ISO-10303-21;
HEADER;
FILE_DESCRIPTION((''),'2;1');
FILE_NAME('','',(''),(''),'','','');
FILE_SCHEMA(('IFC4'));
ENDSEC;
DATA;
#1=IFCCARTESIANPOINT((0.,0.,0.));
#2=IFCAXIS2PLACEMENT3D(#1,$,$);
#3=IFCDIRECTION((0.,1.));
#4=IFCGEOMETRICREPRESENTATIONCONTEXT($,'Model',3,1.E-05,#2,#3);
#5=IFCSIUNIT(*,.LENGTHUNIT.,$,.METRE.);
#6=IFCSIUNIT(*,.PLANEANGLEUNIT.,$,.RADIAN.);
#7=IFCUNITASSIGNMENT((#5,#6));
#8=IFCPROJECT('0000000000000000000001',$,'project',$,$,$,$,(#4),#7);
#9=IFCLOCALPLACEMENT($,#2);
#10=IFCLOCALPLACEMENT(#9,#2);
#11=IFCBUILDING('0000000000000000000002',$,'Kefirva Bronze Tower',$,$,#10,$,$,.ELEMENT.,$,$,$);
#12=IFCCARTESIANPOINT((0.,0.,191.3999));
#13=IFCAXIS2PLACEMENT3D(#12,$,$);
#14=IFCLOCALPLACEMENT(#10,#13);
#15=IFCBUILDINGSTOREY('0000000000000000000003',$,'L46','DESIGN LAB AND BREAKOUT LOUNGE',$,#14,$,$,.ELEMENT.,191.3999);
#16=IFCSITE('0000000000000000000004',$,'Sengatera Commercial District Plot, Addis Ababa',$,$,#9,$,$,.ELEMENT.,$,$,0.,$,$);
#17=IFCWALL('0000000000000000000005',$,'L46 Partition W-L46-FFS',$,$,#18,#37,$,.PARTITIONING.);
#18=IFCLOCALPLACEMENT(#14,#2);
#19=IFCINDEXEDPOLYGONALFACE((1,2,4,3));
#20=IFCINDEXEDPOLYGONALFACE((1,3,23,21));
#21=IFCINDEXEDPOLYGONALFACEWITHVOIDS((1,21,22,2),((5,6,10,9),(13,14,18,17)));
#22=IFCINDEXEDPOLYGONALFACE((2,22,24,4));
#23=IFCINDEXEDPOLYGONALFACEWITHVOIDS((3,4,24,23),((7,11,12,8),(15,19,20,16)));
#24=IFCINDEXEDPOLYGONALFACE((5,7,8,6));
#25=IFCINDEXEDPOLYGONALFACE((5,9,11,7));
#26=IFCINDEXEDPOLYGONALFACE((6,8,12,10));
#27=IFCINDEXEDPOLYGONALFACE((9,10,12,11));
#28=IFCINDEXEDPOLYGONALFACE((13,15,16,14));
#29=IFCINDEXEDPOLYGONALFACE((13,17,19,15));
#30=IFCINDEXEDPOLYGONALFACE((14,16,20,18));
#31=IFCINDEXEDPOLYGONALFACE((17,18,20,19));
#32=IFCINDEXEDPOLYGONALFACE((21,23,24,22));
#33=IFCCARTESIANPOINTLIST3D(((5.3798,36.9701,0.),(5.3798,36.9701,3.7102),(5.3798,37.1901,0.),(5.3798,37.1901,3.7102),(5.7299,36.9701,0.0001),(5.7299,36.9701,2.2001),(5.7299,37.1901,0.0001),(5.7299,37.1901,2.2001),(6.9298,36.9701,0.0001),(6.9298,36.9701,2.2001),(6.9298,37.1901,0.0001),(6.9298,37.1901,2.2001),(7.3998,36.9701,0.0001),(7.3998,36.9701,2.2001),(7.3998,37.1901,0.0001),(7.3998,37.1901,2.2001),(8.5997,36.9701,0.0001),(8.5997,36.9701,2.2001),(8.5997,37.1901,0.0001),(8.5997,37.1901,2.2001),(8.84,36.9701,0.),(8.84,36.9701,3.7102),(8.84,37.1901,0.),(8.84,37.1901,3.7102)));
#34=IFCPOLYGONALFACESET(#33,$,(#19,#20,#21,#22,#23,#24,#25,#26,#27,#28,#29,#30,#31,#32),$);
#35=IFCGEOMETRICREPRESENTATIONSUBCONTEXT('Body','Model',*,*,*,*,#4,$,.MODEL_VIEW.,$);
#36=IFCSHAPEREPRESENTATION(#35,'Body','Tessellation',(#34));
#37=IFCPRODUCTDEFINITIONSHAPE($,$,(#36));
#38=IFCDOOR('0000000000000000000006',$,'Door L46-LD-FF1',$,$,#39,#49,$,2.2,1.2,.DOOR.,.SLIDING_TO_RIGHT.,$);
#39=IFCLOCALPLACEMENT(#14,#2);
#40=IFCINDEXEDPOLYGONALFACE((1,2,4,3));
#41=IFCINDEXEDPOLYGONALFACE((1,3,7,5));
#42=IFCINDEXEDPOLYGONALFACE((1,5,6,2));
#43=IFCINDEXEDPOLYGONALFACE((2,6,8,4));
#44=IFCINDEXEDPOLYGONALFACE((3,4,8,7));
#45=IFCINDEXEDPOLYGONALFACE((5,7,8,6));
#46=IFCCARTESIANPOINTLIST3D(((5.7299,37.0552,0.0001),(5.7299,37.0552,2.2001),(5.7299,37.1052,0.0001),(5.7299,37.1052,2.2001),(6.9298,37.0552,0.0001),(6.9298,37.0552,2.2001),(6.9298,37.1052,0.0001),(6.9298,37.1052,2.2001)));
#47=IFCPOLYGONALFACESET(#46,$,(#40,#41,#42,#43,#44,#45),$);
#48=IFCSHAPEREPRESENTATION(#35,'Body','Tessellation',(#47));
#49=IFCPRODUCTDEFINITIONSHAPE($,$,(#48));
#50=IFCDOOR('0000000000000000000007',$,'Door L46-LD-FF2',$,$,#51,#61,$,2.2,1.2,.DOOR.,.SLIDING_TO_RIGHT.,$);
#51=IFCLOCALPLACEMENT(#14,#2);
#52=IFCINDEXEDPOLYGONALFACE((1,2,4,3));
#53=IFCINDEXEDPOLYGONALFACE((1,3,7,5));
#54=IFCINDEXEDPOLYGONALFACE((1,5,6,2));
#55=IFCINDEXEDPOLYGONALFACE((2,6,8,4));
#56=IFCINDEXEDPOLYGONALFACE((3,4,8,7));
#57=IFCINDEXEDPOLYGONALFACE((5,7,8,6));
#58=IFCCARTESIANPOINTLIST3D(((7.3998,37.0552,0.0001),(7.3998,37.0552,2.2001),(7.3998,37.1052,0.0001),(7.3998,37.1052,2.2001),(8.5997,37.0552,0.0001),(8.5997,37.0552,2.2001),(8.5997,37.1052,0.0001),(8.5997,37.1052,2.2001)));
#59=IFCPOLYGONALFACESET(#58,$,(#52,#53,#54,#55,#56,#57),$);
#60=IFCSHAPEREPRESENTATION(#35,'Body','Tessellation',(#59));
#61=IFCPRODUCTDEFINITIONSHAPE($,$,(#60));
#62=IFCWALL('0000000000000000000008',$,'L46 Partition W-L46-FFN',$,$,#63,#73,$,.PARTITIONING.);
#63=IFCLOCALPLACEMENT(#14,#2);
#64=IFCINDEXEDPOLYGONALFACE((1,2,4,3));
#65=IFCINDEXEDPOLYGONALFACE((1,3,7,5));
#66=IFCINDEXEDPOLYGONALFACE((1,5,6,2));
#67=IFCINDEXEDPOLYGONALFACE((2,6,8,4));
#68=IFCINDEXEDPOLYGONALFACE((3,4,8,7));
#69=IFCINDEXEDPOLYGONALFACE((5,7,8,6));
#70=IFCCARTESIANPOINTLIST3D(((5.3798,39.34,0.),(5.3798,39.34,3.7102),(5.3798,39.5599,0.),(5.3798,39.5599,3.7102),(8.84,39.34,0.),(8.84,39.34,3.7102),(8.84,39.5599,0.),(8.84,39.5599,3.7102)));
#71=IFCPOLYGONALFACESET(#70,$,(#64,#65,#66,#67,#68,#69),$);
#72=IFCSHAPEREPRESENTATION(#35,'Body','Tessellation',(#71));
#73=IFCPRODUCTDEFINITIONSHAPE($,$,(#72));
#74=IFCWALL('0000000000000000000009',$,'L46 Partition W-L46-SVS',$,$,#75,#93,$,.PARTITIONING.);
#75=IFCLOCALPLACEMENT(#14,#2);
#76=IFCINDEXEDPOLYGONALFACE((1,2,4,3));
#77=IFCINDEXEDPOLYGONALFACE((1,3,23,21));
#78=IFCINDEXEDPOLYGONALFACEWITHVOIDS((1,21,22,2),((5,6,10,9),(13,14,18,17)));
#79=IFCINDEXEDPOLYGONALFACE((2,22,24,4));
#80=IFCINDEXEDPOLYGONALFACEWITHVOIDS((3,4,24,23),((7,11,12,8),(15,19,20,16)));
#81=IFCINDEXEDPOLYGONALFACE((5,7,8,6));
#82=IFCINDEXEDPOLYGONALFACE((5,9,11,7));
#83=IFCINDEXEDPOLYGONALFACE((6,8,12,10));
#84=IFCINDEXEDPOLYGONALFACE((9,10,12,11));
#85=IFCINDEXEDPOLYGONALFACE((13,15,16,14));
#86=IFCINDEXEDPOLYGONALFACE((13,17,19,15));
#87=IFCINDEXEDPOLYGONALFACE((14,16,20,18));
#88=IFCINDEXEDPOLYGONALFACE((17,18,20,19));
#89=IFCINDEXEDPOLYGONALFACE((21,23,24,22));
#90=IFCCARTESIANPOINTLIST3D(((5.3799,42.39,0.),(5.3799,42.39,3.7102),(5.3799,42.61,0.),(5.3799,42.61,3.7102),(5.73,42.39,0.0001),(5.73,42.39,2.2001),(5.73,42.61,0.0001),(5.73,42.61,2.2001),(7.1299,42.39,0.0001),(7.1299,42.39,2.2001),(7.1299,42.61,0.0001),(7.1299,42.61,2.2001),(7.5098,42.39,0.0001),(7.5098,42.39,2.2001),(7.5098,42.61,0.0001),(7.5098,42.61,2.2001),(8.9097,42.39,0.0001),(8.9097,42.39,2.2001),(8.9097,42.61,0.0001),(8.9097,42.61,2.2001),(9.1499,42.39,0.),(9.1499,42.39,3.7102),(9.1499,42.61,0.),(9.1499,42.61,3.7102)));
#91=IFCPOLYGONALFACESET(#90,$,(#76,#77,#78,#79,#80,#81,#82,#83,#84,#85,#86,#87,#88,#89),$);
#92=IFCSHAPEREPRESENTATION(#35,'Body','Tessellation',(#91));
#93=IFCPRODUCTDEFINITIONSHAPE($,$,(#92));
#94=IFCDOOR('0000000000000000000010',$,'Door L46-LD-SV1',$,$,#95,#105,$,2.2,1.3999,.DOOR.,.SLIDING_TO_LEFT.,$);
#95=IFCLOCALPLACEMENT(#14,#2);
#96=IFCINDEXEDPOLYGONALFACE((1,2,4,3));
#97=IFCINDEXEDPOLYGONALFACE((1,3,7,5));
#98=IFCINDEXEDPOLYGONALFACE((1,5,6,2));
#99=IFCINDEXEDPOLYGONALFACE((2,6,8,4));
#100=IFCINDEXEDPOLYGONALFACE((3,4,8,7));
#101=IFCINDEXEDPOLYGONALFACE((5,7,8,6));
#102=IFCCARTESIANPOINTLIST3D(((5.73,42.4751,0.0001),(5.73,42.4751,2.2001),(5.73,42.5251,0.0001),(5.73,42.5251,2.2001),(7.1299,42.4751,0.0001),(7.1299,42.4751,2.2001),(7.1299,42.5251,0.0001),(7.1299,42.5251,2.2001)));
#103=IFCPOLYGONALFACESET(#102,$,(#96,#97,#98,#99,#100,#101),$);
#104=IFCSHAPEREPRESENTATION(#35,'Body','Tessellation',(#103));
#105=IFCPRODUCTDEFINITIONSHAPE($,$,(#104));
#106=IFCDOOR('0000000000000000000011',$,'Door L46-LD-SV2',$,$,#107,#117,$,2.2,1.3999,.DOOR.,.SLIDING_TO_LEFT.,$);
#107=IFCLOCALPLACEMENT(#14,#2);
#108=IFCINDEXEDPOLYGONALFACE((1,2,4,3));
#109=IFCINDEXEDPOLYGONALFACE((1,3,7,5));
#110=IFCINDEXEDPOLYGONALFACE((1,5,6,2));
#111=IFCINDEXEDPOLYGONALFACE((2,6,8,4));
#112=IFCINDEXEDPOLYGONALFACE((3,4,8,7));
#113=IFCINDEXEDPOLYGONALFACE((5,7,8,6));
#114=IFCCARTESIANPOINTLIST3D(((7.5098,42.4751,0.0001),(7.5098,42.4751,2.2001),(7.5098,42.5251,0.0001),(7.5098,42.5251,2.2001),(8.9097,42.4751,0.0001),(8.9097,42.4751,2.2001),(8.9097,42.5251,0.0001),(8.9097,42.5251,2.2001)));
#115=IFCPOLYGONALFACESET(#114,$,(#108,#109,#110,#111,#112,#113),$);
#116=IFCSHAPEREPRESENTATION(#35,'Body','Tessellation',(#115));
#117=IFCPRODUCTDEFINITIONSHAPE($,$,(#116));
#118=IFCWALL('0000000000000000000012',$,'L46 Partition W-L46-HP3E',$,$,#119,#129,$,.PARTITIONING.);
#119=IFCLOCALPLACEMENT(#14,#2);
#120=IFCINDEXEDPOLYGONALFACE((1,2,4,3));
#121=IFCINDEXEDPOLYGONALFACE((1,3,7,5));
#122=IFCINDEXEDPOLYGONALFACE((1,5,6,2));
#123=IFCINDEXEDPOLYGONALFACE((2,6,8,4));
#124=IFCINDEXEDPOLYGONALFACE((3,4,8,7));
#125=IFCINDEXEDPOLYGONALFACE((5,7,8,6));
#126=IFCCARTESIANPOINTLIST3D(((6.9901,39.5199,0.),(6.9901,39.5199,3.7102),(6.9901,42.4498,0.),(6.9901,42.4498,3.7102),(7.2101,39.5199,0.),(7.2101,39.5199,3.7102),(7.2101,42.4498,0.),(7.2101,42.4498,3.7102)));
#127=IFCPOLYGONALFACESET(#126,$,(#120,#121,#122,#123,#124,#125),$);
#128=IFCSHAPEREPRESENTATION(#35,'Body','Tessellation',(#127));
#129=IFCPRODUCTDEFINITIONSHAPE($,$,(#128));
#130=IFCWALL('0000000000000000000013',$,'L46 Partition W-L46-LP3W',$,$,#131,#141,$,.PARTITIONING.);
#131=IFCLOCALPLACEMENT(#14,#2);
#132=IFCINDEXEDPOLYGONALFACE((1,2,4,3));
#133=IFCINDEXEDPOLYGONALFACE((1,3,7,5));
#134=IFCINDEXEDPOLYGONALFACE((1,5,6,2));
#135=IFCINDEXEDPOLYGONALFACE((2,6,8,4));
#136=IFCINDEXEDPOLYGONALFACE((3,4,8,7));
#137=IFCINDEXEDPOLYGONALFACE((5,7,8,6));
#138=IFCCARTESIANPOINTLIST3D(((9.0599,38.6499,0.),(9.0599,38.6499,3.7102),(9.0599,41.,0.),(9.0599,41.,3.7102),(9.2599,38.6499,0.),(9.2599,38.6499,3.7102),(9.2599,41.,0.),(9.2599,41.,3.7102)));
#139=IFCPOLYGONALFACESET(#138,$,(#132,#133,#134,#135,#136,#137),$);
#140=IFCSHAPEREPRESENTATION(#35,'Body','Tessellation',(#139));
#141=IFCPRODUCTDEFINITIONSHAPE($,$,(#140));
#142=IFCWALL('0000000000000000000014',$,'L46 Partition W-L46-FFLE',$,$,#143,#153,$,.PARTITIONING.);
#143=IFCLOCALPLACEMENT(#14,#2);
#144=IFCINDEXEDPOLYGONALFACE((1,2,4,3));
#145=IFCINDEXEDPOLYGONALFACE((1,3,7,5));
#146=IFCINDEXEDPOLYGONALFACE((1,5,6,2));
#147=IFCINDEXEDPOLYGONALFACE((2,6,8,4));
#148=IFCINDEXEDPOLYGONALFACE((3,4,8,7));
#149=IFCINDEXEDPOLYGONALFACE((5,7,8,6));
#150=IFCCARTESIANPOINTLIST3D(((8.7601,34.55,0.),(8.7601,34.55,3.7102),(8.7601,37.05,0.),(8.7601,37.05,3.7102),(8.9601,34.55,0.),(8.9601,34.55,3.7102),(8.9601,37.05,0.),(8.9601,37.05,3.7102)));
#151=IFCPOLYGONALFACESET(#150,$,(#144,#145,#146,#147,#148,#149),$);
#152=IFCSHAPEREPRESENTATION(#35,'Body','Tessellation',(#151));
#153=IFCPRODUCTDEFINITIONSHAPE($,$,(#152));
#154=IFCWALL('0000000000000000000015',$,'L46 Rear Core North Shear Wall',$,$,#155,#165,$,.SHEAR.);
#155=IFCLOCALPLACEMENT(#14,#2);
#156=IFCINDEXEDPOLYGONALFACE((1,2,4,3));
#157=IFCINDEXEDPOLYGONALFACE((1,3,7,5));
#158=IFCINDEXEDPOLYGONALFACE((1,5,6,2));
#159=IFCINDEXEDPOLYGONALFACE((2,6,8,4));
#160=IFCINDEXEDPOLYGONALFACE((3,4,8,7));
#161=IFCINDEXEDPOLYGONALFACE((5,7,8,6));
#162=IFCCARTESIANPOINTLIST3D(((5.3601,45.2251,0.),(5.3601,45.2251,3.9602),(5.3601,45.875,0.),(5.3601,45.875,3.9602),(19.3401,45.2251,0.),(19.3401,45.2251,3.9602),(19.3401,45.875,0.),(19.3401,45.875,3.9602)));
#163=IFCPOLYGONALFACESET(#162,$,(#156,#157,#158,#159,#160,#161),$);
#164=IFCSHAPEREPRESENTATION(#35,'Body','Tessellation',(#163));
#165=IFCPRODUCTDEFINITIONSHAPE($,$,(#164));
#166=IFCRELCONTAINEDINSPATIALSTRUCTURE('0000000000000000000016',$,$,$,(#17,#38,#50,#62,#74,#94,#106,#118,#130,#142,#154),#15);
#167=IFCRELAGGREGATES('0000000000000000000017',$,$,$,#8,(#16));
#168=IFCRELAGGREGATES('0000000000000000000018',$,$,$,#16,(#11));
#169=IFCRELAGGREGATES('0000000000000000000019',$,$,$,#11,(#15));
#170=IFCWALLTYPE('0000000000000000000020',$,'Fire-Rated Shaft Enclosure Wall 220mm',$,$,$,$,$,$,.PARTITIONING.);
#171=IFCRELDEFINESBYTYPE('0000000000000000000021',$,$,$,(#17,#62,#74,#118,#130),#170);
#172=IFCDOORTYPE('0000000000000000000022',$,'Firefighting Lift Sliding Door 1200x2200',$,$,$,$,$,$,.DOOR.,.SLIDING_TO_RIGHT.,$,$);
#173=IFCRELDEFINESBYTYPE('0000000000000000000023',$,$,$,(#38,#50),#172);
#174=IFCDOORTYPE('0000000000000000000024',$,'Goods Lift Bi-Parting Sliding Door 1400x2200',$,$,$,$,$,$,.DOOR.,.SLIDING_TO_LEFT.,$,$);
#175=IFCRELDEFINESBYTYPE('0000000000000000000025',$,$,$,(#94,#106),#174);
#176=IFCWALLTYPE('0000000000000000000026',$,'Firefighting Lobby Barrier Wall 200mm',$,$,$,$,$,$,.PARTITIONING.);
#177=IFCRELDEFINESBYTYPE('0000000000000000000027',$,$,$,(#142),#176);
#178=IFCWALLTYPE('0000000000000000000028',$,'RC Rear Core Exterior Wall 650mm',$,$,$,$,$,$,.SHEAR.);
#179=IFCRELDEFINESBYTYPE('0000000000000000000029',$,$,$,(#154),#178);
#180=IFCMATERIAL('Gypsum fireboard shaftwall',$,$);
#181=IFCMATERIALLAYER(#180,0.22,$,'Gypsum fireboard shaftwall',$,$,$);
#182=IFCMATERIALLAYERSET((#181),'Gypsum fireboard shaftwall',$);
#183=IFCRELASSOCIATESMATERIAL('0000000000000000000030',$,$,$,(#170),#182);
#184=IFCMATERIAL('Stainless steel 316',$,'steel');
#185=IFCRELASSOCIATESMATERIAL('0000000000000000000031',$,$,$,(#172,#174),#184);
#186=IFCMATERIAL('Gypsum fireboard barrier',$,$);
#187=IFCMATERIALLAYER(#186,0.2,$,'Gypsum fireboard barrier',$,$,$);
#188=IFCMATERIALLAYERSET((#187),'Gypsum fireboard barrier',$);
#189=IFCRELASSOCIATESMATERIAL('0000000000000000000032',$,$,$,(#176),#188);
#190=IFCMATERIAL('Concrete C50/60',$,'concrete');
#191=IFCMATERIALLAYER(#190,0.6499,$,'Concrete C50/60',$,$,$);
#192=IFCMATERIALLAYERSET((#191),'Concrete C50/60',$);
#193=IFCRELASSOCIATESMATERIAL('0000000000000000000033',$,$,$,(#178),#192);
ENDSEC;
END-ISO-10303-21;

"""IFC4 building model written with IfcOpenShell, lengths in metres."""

from ifc_helpers import new_model, si_unit, direction, frame, frame_2d, origin, place, context, subcontext, project, spatial, rectangle, extrude, material, layer, layer_set, type_object, element, fill, save


model = new_model("IFC4")

# Units and contexts
model_context = context("Model", 3, precision=1e-05, world=origin(), true_north=direction((0.0, 1.0)))
body_context = subcontext(model_context, "Body", "Model", "MODEL_VIEW")
ifc_project = project(units=[si_unit("LENGTHUNIT", "METRE"), si_unit("PLANEANGLEUNIT", "RADIAN")], contexts=[model_context])

# Site, building, storey
site_placement = place(None, origin())
site = spatial("IfcSite", under=ifc_project, at=site_placement, Name="Sengatera Commercial District Plot, Addis Ababa", CompositionType="ELEMENT", RefElevation=0.0)
building_placement = place(site_placement, origin())
building = spatial("IfcBuilding", under=site, at=building_placement, Name="Kefirva Bronze Tower", CompositionType="ELEMENT")
storey_placement = place(building_placement, frame((0.0, 0.0, 191.3999)))
storey = spatial("IfcBuildingStorey", under=building, at=storey_placement, Name="L46", Description="DESIGN LAB AND BREAKOUT LOUNGE", CompositionType="ELEMENT", Elevation=191.3999)

# Wall, openings, doors
ifc_material_1 = material(Name="Gypsum fireboard shaftwall")
ifc_layer_1 = layer(ifc_material_1, 0.22, Name="Gypsum fireboard shaftwall")
ifc_layer_set_1 = layer_set([ifc_layer_1], Name="Gypsum fireboard shaftwall")
wall_type_1 = type_object("IfcWallType", Name="Fire-Rated Shaft Enclosure Wall 220mm", PredefinedType="PARTITIONING", material=ifc_layer_set_1)
wall_1_placement = place(storey_placement, frame((5.3799, 37.0801, 0.0), z_axis=(0.0, 0.0, 1.0), x_axis=(1.0, 0.0, 0.0)))
wall_1 = element("IfcWall", 1, at=wall_1_placement, inside=storey, type_object=wall_type_1, Name="L46 Partition W-L46-FFS", PredefinedType="PARTITIONING", context=body_context, shape_type="SweptSolid", body=[
    extrude(rectangle(XDim=3.4602, YDim=0.22, at=frame_2d((1.73, 0.0))), origin(), (0.0, 0.0, 1.0), 3.7102),
])
opening_1_placement = place(wall_1_placement, frame((1.55, 0.0, 0.0), z_axis=(0.0, 0.0, 1.0), x_axis=(-1.0, 0.0, 0.0)))
opening_1 = element("IfcOpeningElement", 2, at=opening_1_placement, cuts=wall_1, PredefinedType="OPENING", context=body_context, shape_type="SweptSolid", body=[
    extrude(rectangle(XDim=1.2, YDim=2.2, at=frame_2d((0.6001, 1.1001))), frame((0.0, 0.1201, 0.0), z_axis=(0.0, -1.0, 0.0), x_axis=(1.0, 0.0, 0.0)), (0.0, 0.0, 1.0), 0.24),
])
opening_2_placement = place(wall_1_placement, frame((3.22, 0.0, 0.0), z_axis=(0.0, 0.0, 1.0), x_axis=(-1.0, 0.0, 0.0)))
opening_2 = element("IfcOpeningElement", 3, at=opening_2_placement, cuts=wall_1, PredefinedType="OPENING", context=body_context, shape_type="SweptSolid", body=[
    extrude(rectangle(XDim=1.2, YDim=2.2, at=frame_2d((0.6001, 1.1001))), frame((0.0, 0.1201, 0.0), z_axis=(0.0, -1.0, 0.0), x_axis=(1.0, 0.0, 0.0)), (0.0, 0.0, 1.0), 0.24),
])
ifc_material_2 = material(Name="Stainless steel 316", Category="steel")
door_type_1 = type_object("IfcDoorType", Name="Firefighting Lift Sliding Door 1200x2200", OperationType="SLIDING_TO_RIGHT", PredefinedType="DOOR", material=ifc_material_2)
door_1_placement = place(opening_1_placement, origin())
door_1 = element("IfcDoor", 4, at=door_1_placement, inside=storey, type_object=door_type_1, Name="Door L46-LD-FF1", OperationType="SLIDING_TO_RIGHT", OverallHeight=2.2, OverallWidth=1.2, PredefinedType="DOOR", context=body_context, shape_type="SweptSolid", body=[
    extrude(rectangle(XDim=1.2, YDim=2.2, at=frame_2d((0.6001, 1.1001))), frame((0.0, 0.0249, 0.0), z_axis=(0.0, -1.0, 0.0), x_axis=(1.0, 0.0, 0.0)), (0.0, 0.0, 1.0), 0.05),
])
fill(opening_1, door_1)
door_2_placement = place(opening_2_placement, origin())
door_2 = element("IfcDoor", 5, at=door_2_placement, inside=storey, type_object=door_type_1, Name="Door L46-LD-FF2", OperationType="SLIDING_TO_RIGHT", OverallHeight=2.2, OverallWidth=1.2, PredefinedType="DOOR", context=body_context, shape_type="SweptSolid", body=[
    extrude(rectangle(XDim=1.2, YDim=2.2, at=frame_2d((0.6001, 1.1001))), frame((0.0, 0.0249, 0.0), z_axis=(0.0, -1.0, 0.0), x_axis=(1.0, 0.0, 0.0)), (0.0, 0.0, 1.0), 0.05),
])
fill(opening_2, door_2)

# Wall
wall_2_placement = place(storey_placement, frame((5.3799, 39.45, 0.0), z_axis=(0.0, 0.0, 1.0), x_axis=(1.0, 0.0, 0.0)))
element("IfcWall", 6, at=wall_2_placement, inside=storey, type_object=wall_type_1, Name="L46 Partition W-L46-FFN", PredefinedType="PARTITIONING", context=body_context, shape_type="SweptSolid", body=[
    extrude(rectangle(XDim=3.4602, YDim=0.22, at=frame_2d((1.73, 0.0))), origin(), (0.0, 0.0, 1.0), 3.7102),
])

# Wall, openings, doors
wall_3_placement = place(storey_placement, frame((5.3799, 42.5, 0.0), z_axis=(0.0, 0.0, 1.0), x_axis=(1.0, 0.0, 0.0)))
wall_3 = element("IfcWall", 7, at=wall_3_placement, inside=storey, type_object=wall_type_1, Name="L46 Partition W-L46-SVS", PredefinedType="PARTITIONING", context=body_context, shape_type="SweptSolid", body=[
    extrude(rectangle(XDim=3.77, YDim=0.22, at=frame_2d((1.885, 0.0))), origin(), (0.0, 0.0, 1.0), 3.7102),
])
opening_3_placement = place(wall_3_placement, frame((1.75, 0.0, 0.0), z_axis=(0.0, 0.0, 1.0), x_axis=(-1.0, 0.0, 0.0)))
opening_3 = element("IfcOpeningElement", 8, at=opening_3_placement, cuts=wall_3, PredefinedType="OPENING", context=body_context, shape_type="SweptSolid", body=[
    extrude(rectangle(XDim=1.3999, YDim=2.2, at=frame_2d((0.7, 1.1001))), frame((0.0, 0.1201, 0.0), z_axis=(0.0, -1.0, 0.0), x_axis=(1.0, 0.0, 0.0)), (0.0, 0.0, 1.0), 0.24),
])
opening_4_placement = place(wall_3_placement, frame((3.5298, 0.0, 0.0), z_axis=(0.0, 0.0, 1.0), x_axis=(-1.0, 0.0, 0.0)))
opening_4 = element("IfcOpeningElement", 9, at=opening_4_placement, cuts=wall_3, PredefinedType="OPENING", context=body_context, shape_type="SweptSolid", body=[
    extrude(rectangle(XDim=1.3999, YDim=2.2, at=frame_2d((0.7, 1.1001))), frame((0.0, 0.1201, 0.0), z_axis=(0.0, -1.0, 0.0), x_axis=(1.0, 0.0, 0.0)), (0.0, 0.0, 1.0), 0.24),
])
door_type_2 = type_object("IfcDoorType", Name="Goods Lift Bi-Parting Sliding Door 1400x2200", OperationType="SLIDING_TO_LEFT", PredefinedType="DOOR", material=ifc_material_2)
door_3_placement = place(opening_3_placement, origin())
door_3 = element("IfcDoor", 10, at=door_3_placement, inside=storey, type_object=door_type_2, Name="Door L46-LD-SV1", OperationType="SLIDING_TO_LEFT", OverallHeight=2.2, OverallWidth=1.3999, PredefinedType="DOOR", context=body_context, shape_type="SweptSolid", body=[
    extrude(rectangle(XDim=1.3999, YDim=2.2, at=frame_2d((0.7, 1.1001))), frame((0.0, 0.0249, 0.0), z_axis=(0.0, -1.0, 0.0), x_axis=(1.0, 0.0, 0.0)), (0.0, 0.0, 1.0), 0.05),
])
fill(opening_3, door_3)
door_4_placement = place(opening_4_placement, origin())
door_4 = element("IfcDoor", 11, at=door_4_placement, inside=storey, type_object=door_type_2, Name="Door L46-LD-SV2", OperationType="SLIDING_TO_LEFT", OverallHeight=2.2, OverallWidth=1.3999, PredefinedType="DOOR", context=body_context, shape_type="SweptSolid", body=[
    extrude(rectangle(XDim=1.3999, YDim=2.2, at=frame_2d((0.7, 1.1001))), frame((0.0, 0.0249, 0.0), z_axis=(0.0, -1.0, 0.0), x_axis=(1.0, 0.0, 0.0)), (0.0, 0.0, 1.0), 0.05),
])
fill(opening_4, door_4)

# Walls
wall_4_placement = place(storey_placement, frame((7.1001, 39.52, 0.0), z_axis=(0.0, 0.0, 1.0), x_axis=(0.0, 1.0, 0.0)))
element("IfcWall", 12, at=wall_4_placement, inside=storey, type_object=wall_type_1, Name="L46 Partition W-L46-HP3E", PredefinedType="PARTITIONING", context=body_context, shape_type="SweptSolid", body=[
    extrude(rectangle(XDim=2.9299, YDim=0.22, at=frame_2d((1.4648, 0.0))), origin(), (0.0, 0.0, 1.0), 3.7102),
])
wall_5_placement = place(storey_placement, frame((9.1599, 38.6499, 0.0), z_axis=(0.0, 0.0, 1.0), x_axis=(0.0, 1.0, 0.0)))
element("IfcWall", 13, at=wall_5_placement, inside=storey, type_object=wall_type_1, Name="L46 Partition W-L46-LP3W", PredefinedType="PARTITIONING", context=body_context, shape_type="SweptSolid", body=[
    extrude(rectangle(XDim=2.3501, YDim=0.2, at=frame_2d((1.175, 0.0))), origin(), (0.0, 0.0, 1.0), 3.7102),
])
ifc_material_3 = material(Name="Gypsum fireboard barrier")
ifc_layer_2 = layer(ifc_material_3, 0.2, Name="Gypsum fireboard barrier")
ifc_layer_set_2 = layer_set([ifc_layer_2], Name="Gypsum fireboard barrier")
wall_type_2 = type_object("IfcWallType", Name="Firefighting Lobby Barrier Wall 200mm", PredefinedType="PARTITIONING", material=ifc_layer_set_2)
wall_6_placement = place(storey_placement, frame((8.8601, 34.55, 0.0), z_axis=(0.0, 0.0, 1.0), x_axis=(0.0, 1.0, 0.0)))
element("IfcWall", 14, at=wall_6_placement, inside=storey, type_object=wall_type_2, Name="L46 Partition W-L46-FFLE", PredefinedType="PARTITIONING", context=body_context, shape_type="SweptSolid", body=[
    extrude(rectangle(XDim=2.5, YDim=0.2, at=frame_2d((1.25, 0.0))), origin(), (0.0, 0.0, 1.0), 3.7102),
])

# Wall
ifc_material_4 = material(Name="Concrete C50/60", Category="concrete")
ifc_layer_3 = layer(ifc_material_4, 0.6499, Name="Concrete C50/60")
ifc_layer_set_3 = layer_set([ifc_layer_3], Name="Concrete C50/60")
wall_type_3 = type_object("IfcWallType", Name="RC Rear Core Exterior Wall 650mm", PredefinedType="SHEAR", material=ifc_layer_set_3)
wall_7_placement = place(storey_placement, frame((5.3601, 45.55, 0.0), z_axis=(0.0, 0.0, 1.0), x_axis=(1.0, 0.0, 0.0)))
element("IfcWall", 15, at=wall_7_placement, inside=storey, type_object=wall_type_3, Name="L46 Rear Core North Shear Wall", PredefinedType="SHEAR", context=body_context, shape_type="SweptSolid", body=[
    extrude(rectangle(XDim=13.98, YDim=0.6499, at=frame_2d((6.99, 0.0))), origin(), (0.0, 0.0, 1.0), 3.9602),
])

save(model, "model.ifc")
